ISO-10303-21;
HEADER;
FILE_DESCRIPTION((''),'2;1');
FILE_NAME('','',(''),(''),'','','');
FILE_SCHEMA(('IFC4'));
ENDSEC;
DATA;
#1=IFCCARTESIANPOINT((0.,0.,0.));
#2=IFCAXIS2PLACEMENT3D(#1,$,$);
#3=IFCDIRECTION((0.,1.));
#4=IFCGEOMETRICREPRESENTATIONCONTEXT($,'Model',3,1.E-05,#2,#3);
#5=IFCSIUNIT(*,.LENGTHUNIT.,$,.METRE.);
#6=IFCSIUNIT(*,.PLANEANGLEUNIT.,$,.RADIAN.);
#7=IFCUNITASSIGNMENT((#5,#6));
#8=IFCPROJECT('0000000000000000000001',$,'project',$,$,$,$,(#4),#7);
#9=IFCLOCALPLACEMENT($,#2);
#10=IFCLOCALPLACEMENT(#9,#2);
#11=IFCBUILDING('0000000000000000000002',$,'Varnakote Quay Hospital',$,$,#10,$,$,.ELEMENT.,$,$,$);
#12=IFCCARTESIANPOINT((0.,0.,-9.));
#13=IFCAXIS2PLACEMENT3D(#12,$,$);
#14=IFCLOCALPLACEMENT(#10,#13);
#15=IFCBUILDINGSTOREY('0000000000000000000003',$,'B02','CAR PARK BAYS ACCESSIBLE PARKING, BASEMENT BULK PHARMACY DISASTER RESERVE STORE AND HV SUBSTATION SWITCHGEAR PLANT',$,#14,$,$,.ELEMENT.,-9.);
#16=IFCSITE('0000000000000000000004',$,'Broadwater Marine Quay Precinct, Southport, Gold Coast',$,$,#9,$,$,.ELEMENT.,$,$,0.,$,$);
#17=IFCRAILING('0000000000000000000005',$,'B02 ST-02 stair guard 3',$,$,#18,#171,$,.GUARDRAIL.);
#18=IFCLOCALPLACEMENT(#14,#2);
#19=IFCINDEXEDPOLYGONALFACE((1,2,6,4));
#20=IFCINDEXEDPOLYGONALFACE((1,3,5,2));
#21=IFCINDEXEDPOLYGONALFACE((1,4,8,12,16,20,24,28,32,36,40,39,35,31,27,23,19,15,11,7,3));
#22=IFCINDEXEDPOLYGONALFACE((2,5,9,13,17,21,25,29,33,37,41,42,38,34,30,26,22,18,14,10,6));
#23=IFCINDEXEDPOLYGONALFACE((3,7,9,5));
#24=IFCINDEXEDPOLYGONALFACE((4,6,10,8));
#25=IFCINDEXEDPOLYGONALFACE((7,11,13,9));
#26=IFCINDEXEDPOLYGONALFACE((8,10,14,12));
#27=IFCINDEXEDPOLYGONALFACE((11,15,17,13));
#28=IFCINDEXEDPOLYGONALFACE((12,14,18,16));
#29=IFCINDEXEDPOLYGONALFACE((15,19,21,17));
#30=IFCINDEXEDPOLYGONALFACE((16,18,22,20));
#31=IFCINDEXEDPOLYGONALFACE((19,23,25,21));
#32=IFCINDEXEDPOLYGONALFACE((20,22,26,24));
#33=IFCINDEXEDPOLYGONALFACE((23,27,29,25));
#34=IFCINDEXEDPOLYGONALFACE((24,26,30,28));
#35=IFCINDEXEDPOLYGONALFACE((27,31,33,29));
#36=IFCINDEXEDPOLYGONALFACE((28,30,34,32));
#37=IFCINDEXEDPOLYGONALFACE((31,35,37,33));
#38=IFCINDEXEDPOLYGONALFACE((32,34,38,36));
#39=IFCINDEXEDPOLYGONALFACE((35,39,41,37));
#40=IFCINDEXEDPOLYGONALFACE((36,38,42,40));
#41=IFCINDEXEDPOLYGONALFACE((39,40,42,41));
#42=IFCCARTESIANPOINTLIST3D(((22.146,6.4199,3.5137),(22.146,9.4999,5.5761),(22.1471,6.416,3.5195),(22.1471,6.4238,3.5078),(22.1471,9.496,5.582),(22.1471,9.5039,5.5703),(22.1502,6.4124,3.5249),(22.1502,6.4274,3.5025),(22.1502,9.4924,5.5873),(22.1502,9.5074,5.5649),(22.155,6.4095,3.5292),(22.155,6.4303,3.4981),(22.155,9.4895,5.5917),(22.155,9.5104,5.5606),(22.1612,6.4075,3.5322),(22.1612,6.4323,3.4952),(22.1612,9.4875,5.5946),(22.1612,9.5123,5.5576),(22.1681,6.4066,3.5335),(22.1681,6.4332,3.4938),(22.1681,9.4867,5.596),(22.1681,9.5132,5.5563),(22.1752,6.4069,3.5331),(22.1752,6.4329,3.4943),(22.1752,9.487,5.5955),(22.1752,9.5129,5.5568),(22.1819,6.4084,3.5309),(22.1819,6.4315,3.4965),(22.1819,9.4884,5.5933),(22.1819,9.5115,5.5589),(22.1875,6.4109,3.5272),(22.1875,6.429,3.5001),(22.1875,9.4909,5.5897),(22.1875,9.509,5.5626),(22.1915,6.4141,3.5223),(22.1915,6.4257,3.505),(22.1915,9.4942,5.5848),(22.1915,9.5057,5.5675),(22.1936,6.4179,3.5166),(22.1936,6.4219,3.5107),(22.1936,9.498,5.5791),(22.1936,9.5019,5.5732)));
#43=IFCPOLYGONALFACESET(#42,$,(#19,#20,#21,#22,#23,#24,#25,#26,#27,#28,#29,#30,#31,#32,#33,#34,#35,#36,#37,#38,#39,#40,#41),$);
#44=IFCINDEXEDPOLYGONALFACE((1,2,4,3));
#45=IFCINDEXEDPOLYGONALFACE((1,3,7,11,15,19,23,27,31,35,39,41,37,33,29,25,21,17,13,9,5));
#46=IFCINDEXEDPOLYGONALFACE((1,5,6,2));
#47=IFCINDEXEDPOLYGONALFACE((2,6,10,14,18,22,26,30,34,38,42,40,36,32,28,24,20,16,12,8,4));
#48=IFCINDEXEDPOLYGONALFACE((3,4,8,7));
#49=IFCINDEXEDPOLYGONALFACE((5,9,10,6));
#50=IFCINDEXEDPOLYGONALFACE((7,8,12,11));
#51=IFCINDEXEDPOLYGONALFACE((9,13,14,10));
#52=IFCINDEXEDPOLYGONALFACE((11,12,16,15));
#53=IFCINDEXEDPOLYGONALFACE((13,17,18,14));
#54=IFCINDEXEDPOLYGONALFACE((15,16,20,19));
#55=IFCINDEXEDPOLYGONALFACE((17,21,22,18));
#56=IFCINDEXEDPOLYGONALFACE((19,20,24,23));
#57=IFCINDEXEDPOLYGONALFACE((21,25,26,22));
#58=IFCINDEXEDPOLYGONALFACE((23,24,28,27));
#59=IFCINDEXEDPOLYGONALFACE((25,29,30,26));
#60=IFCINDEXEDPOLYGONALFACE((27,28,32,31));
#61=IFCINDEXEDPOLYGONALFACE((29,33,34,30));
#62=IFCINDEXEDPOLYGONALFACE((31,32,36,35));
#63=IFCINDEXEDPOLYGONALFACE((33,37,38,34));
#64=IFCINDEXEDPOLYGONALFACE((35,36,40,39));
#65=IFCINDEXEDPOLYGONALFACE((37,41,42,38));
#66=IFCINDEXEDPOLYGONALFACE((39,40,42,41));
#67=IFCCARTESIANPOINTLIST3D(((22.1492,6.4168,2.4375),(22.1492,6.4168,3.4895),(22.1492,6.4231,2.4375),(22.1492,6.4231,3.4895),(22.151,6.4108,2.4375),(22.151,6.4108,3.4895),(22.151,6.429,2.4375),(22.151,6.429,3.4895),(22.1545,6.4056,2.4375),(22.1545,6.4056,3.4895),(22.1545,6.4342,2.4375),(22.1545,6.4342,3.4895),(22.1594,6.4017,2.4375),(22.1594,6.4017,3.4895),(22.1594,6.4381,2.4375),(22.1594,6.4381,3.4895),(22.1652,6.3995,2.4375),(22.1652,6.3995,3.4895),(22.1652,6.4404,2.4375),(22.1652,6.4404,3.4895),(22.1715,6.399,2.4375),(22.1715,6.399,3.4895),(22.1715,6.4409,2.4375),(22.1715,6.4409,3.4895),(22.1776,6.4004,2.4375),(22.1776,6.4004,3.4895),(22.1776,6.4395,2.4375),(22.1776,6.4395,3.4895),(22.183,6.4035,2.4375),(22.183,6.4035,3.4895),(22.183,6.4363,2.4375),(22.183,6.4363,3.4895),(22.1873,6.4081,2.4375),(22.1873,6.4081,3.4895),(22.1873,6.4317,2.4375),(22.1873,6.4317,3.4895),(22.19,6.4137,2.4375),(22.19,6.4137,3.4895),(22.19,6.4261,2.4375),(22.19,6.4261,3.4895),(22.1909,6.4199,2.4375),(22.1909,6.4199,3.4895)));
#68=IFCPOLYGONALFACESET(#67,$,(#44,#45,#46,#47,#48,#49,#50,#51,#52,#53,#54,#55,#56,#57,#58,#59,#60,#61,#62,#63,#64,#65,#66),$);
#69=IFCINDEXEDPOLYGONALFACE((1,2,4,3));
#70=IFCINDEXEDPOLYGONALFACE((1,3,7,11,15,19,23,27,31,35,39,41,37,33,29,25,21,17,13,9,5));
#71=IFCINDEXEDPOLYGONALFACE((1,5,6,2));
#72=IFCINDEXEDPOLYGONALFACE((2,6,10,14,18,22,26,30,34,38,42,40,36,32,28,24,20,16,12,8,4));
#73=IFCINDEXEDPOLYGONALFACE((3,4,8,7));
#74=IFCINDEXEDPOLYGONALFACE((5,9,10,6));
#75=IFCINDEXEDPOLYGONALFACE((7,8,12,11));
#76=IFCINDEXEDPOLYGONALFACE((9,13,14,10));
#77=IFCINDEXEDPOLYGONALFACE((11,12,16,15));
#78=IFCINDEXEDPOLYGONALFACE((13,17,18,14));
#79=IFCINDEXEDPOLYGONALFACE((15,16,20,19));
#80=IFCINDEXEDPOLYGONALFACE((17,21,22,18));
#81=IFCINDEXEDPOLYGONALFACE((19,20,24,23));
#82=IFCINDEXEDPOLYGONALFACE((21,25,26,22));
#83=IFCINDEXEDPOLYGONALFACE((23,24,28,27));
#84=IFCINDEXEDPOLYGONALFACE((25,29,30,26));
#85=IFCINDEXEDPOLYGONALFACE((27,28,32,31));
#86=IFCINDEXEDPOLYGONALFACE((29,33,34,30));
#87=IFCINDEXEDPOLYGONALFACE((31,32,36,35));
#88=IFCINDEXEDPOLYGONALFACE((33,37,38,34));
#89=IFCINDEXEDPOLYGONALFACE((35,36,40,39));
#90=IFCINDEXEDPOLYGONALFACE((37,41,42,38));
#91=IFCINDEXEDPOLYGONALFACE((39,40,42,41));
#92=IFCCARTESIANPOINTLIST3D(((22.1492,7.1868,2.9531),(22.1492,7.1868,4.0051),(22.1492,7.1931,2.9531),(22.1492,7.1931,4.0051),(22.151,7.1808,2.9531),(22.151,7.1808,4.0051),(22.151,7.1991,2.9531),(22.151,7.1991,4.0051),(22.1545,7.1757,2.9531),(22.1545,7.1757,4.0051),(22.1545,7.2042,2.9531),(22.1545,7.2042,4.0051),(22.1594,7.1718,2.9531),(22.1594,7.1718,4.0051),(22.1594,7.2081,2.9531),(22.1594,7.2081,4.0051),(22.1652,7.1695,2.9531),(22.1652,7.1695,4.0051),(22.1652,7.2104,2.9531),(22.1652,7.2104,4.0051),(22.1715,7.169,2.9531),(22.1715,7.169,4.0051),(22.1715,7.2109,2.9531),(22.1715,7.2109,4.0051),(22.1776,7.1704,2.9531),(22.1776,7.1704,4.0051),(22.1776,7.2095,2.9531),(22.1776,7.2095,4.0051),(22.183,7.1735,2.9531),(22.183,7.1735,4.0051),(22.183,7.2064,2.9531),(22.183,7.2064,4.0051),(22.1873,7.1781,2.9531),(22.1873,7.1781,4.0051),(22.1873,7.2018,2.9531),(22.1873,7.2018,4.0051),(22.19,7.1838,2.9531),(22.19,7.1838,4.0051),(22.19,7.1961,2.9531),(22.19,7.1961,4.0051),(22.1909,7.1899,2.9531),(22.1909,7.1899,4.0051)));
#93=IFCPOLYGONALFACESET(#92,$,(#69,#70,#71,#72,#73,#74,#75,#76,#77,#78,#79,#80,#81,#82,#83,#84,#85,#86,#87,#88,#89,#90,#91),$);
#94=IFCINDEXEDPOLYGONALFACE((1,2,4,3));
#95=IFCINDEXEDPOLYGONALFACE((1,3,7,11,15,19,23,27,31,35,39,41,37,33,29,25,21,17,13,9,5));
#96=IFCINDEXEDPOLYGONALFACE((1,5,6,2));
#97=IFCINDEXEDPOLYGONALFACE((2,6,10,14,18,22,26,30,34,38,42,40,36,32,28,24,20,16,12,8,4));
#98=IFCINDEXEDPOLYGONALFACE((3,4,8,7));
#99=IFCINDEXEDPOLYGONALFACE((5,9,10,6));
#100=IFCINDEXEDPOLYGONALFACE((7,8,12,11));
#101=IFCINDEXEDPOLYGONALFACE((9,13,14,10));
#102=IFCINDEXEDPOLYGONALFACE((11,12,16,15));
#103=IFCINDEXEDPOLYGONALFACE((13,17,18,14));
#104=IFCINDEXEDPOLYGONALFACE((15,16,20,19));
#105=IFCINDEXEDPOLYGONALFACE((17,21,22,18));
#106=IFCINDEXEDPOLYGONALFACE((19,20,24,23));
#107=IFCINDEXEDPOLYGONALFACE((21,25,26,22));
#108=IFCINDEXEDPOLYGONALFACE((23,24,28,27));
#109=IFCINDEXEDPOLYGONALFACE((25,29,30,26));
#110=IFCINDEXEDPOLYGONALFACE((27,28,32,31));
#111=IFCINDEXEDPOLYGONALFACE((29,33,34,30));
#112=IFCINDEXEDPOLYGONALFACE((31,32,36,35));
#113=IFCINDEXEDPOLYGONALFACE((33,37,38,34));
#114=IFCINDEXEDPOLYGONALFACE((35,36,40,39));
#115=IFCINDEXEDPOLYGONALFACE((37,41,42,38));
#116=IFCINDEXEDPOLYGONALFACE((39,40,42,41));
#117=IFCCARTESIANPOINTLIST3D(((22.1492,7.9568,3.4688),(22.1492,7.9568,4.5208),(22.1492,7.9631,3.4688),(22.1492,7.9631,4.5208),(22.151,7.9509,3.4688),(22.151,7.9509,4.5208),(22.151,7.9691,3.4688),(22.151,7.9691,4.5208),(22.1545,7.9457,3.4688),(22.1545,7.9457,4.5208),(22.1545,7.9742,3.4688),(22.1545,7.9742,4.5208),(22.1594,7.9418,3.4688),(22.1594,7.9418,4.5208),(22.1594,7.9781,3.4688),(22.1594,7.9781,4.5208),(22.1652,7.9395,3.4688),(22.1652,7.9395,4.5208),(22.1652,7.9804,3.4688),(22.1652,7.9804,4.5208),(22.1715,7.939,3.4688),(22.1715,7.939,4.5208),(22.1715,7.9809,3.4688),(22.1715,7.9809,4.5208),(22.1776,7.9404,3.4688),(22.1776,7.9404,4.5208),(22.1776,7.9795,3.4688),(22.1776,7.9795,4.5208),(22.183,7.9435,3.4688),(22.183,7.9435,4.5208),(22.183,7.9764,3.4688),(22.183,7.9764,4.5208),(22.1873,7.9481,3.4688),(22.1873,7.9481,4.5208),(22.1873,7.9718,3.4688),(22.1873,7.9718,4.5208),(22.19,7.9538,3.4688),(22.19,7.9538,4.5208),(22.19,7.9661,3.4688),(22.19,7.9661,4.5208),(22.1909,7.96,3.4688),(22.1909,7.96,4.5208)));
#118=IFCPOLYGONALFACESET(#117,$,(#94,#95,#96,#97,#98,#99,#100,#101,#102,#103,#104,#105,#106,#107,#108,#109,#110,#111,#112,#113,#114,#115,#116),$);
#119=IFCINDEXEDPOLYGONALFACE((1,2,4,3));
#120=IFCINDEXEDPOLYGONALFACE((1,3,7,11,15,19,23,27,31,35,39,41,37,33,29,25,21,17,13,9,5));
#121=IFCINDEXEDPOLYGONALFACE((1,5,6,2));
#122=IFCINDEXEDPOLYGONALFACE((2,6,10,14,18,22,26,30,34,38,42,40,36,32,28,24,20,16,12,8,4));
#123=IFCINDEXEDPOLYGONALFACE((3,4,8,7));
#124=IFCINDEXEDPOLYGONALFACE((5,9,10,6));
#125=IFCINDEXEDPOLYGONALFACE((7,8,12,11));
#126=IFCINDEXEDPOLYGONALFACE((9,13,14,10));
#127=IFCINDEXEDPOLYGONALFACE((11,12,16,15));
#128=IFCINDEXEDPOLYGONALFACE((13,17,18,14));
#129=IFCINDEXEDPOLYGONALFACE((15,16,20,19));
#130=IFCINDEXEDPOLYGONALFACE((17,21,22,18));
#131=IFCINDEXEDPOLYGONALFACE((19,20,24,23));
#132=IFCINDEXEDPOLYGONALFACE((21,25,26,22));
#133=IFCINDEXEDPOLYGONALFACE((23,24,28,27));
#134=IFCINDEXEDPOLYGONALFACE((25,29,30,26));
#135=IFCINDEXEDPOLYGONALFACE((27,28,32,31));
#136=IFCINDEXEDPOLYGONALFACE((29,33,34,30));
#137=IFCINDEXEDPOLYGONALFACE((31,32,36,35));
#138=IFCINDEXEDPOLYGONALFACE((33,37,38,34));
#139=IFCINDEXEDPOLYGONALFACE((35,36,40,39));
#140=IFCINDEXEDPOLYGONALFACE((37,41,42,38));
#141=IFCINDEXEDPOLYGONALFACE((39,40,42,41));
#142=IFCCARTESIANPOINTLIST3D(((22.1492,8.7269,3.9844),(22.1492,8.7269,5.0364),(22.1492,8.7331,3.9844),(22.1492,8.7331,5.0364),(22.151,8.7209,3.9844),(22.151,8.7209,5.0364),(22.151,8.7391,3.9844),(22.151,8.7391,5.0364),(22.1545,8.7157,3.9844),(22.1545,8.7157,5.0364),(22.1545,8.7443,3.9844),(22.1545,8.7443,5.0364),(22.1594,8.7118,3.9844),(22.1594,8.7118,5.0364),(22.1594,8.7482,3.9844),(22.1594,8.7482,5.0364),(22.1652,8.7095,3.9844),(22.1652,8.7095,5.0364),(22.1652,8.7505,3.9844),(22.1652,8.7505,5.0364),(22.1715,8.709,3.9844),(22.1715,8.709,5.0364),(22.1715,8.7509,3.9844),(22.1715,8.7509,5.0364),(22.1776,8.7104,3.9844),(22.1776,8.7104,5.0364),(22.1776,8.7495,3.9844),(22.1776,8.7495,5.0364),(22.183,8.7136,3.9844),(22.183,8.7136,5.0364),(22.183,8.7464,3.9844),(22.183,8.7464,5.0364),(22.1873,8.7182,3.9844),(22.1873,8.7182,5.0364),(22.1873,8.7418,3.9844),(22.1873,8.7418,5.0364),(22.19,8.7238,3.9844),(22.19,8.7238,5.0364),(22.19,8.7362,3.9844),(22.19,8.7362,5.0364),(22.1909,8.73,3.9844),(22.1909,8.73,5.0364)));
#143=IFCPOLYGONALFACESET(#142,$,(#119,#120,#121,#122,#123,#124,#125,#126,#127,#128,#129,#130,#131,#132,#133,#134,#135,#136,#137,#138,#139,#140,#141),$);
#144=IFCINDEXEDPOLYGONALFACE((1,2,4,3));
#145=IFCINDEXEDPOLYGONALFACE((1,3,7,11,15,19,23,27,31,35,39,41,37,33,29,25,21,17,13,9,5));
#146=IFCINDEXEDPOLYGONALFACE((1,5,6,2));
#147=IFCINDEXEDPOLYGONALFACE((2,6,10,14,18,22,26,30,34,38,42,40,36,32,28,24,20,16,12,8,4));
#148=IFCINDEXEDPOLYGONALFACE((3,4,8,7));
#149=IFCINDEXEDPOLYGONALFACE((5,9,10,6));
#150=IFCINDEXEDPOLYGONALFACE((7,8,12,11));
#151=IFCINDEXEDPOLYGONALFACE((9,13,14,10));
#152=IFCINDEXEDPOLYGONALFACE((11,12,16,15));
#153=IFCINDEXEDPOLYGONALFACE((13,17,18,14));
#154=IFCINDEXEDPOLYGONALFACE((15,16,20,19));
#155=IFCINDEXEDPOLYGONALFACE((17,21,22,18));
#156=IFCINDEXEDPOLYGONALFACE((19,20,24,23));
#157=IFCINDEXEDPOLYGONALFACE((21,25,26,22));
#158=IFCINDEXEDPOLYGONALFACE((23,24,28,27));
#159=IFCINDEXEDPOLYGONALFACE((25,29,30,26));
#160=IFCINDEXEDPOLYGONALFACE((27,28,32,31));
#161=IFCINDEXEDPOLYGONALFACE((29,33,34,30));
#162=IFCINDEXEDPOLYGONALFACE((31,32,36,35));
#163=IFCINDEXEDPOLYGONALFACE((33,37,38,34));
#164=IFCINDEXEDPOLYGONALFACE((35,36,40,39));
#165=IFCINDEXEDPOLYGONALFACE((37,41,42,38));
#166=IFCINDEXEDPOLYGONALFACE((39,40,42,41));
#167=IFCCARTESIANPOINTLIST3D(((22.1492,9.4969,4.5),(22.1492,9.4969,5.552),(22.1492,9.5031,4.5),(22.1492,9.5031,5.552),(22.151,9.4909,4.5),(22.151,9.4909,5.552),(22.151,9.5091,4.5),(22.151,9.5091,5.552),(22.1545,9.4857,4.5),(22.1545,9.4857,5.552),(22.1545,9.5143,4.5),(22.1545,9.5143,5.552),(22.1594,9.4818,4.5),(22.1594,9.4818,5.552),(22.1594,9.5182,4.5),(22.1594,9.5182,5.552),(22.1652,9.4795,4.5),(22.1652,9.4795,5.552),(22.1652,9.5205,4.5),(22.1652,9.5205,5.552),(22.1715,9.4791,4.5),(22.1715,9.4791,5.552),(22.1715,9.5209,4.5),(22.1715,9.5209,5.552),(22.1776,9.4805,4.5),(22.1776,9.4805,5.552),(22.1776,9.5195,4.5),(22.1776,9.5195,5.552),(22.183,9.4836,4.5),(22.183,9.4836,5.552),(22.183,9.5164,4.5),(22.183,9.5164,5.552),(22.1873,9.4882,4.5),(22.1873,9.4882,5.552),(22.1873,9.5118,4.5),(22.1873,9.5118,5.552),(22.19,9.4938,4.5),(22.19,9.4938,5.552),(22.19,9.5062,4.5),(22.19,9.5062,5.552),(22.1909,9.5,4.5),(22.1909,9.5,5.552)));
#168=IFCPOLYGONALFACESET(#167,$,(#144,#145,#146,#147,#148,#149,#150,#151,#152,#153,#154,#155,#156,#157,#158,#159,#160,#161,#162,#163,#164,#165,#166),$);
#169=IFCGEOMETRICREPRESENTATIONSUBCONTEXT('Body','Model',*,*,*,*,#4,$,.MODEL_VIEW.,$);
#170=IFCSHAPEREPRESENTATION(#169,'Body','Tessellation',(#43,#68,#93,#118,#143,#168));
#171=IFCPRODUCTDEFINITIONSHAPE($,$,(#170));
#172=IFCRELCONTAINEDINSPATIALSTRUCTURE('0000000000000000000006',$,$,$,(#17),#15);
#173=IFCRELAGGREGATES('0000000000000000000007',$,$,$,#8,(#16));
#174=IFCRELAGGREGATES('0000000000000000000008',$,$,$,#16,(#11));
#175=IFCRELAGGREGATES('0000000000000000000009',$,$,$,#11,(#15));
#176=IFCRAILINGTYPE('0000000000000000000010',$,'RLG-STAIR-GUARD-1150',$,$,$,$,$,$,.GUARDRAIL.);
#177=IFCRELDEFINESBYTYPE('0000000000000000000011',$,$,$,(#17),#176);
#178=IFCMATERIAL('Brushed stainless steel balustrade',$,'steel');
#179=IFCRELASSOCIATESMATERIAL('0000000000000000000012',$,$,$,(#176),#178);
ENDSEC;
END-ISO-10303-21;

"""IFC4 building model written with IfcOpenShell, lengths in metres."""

from ifc_helpers import new_model, si_unit, direction, frame, origin, origin_2d, place, context, subcontext, project, spatial, circle, extrude, material, type_object, element, save


model = new_model("IFC4")

# Units and contexts
model_context = context("Model", 3, precision=1e-05, world=origin(), true_north=direction((0.0, 1.0)))
body_context = subcontext(model_context, "Body", "Model", "MODEL_VIEW")
ifc_project = project(units=[si_unit("LENGTHUNIT", "METRE"), si_unit("PLANEANGLEUNIT", "RADIAN")], contexts=[model_context])

# Site, building, storey
site_placement = place(None, origin())
site = spatial("IfcSite", under=ifc_project, at=site_placement, Name="Broadwater Marine Quay Precinct, Southport, Gold Coast", CompositionType="ELEMENT", RefElevation=0.0)
building_placement = place(site_placement, origin())
building = spatial("IfcBuilding", under=site, at=building_placement, Name="Varnakote Quay Hospital", CompositionType="ELEMENT")
storey_placement = place(building_placement, frame((0.0, 0.0, -9.0)))
storey = spatial("IfcBuildingStorey", under=building, at=storey_placement, Name="B02", Description="CAR PARK BAYS ACCESSIBLE PARKING, BASEMENT BULK PHARMACY DISASTER RESERVE STORE AND HV SUBSTATION SWITCHGEAR PLANT", CompositionType="ELEMENT", Elevation=-9.0)

# Railing
ifc_material_1 = material(Name="Brushed stainless steel balustrade", Category="steel")
railing_type_1 = type_object("IfcRailingType", Name="RLG-STAIR-GUARD-1150", PredefinedType="GUARDRAIL", material=ifc_material_1)
railing_1_placement = place(storey_placement, frame((22.1699, 6.4199, 2.4375)))
element("IfcRailing", 1, at=railing_1_placement, inside=storey, type_object=railing_type_1, Name="B02 ST-02 stair guard 3", PredefinedType="GUARDRAIL", context=body_context, shape_type="SweptSolid", body=[
    extrude(circle(Radius=0.0239, at=origin_2d()), frame((0.0, 0.0, 1.0762), z_axis=(0.0, 0.830914, 0.556401), x_axis=(-1.0, 0.0, 0.0)), (0.0, 0.0, 1.0), 3.7068),
    extrude(circle(Radius=0.021, at=origin_2d()), origin(), (0.0, 0.0, 1.0), 1.052),
    extrude(circle(Radius=0.021, at=origin_2d()), frame((0.0, 0.77, 0.5156)), (0.0, 0.0, 1.0), 1.052),
    extrude(circle(Radius=0.021, at=origin_2d()), frame((0.0, 1.54, 1.0312)), (0.0, 0.0, 1.0), 1.052),
    extrude(circle(Radius=0.021, at=origin_2d()), frame((0.0, 2.3101, 1.5469)), (0.0, 0.0, 1.0), 1.052),
    extrude(circle(Radius=0.021, at=origin_2d()), frame((0.0, 3.0801, 2.0625)), (0.0, 0.0, 1.0), 1.052),
])

save(model, "model.ifc")
